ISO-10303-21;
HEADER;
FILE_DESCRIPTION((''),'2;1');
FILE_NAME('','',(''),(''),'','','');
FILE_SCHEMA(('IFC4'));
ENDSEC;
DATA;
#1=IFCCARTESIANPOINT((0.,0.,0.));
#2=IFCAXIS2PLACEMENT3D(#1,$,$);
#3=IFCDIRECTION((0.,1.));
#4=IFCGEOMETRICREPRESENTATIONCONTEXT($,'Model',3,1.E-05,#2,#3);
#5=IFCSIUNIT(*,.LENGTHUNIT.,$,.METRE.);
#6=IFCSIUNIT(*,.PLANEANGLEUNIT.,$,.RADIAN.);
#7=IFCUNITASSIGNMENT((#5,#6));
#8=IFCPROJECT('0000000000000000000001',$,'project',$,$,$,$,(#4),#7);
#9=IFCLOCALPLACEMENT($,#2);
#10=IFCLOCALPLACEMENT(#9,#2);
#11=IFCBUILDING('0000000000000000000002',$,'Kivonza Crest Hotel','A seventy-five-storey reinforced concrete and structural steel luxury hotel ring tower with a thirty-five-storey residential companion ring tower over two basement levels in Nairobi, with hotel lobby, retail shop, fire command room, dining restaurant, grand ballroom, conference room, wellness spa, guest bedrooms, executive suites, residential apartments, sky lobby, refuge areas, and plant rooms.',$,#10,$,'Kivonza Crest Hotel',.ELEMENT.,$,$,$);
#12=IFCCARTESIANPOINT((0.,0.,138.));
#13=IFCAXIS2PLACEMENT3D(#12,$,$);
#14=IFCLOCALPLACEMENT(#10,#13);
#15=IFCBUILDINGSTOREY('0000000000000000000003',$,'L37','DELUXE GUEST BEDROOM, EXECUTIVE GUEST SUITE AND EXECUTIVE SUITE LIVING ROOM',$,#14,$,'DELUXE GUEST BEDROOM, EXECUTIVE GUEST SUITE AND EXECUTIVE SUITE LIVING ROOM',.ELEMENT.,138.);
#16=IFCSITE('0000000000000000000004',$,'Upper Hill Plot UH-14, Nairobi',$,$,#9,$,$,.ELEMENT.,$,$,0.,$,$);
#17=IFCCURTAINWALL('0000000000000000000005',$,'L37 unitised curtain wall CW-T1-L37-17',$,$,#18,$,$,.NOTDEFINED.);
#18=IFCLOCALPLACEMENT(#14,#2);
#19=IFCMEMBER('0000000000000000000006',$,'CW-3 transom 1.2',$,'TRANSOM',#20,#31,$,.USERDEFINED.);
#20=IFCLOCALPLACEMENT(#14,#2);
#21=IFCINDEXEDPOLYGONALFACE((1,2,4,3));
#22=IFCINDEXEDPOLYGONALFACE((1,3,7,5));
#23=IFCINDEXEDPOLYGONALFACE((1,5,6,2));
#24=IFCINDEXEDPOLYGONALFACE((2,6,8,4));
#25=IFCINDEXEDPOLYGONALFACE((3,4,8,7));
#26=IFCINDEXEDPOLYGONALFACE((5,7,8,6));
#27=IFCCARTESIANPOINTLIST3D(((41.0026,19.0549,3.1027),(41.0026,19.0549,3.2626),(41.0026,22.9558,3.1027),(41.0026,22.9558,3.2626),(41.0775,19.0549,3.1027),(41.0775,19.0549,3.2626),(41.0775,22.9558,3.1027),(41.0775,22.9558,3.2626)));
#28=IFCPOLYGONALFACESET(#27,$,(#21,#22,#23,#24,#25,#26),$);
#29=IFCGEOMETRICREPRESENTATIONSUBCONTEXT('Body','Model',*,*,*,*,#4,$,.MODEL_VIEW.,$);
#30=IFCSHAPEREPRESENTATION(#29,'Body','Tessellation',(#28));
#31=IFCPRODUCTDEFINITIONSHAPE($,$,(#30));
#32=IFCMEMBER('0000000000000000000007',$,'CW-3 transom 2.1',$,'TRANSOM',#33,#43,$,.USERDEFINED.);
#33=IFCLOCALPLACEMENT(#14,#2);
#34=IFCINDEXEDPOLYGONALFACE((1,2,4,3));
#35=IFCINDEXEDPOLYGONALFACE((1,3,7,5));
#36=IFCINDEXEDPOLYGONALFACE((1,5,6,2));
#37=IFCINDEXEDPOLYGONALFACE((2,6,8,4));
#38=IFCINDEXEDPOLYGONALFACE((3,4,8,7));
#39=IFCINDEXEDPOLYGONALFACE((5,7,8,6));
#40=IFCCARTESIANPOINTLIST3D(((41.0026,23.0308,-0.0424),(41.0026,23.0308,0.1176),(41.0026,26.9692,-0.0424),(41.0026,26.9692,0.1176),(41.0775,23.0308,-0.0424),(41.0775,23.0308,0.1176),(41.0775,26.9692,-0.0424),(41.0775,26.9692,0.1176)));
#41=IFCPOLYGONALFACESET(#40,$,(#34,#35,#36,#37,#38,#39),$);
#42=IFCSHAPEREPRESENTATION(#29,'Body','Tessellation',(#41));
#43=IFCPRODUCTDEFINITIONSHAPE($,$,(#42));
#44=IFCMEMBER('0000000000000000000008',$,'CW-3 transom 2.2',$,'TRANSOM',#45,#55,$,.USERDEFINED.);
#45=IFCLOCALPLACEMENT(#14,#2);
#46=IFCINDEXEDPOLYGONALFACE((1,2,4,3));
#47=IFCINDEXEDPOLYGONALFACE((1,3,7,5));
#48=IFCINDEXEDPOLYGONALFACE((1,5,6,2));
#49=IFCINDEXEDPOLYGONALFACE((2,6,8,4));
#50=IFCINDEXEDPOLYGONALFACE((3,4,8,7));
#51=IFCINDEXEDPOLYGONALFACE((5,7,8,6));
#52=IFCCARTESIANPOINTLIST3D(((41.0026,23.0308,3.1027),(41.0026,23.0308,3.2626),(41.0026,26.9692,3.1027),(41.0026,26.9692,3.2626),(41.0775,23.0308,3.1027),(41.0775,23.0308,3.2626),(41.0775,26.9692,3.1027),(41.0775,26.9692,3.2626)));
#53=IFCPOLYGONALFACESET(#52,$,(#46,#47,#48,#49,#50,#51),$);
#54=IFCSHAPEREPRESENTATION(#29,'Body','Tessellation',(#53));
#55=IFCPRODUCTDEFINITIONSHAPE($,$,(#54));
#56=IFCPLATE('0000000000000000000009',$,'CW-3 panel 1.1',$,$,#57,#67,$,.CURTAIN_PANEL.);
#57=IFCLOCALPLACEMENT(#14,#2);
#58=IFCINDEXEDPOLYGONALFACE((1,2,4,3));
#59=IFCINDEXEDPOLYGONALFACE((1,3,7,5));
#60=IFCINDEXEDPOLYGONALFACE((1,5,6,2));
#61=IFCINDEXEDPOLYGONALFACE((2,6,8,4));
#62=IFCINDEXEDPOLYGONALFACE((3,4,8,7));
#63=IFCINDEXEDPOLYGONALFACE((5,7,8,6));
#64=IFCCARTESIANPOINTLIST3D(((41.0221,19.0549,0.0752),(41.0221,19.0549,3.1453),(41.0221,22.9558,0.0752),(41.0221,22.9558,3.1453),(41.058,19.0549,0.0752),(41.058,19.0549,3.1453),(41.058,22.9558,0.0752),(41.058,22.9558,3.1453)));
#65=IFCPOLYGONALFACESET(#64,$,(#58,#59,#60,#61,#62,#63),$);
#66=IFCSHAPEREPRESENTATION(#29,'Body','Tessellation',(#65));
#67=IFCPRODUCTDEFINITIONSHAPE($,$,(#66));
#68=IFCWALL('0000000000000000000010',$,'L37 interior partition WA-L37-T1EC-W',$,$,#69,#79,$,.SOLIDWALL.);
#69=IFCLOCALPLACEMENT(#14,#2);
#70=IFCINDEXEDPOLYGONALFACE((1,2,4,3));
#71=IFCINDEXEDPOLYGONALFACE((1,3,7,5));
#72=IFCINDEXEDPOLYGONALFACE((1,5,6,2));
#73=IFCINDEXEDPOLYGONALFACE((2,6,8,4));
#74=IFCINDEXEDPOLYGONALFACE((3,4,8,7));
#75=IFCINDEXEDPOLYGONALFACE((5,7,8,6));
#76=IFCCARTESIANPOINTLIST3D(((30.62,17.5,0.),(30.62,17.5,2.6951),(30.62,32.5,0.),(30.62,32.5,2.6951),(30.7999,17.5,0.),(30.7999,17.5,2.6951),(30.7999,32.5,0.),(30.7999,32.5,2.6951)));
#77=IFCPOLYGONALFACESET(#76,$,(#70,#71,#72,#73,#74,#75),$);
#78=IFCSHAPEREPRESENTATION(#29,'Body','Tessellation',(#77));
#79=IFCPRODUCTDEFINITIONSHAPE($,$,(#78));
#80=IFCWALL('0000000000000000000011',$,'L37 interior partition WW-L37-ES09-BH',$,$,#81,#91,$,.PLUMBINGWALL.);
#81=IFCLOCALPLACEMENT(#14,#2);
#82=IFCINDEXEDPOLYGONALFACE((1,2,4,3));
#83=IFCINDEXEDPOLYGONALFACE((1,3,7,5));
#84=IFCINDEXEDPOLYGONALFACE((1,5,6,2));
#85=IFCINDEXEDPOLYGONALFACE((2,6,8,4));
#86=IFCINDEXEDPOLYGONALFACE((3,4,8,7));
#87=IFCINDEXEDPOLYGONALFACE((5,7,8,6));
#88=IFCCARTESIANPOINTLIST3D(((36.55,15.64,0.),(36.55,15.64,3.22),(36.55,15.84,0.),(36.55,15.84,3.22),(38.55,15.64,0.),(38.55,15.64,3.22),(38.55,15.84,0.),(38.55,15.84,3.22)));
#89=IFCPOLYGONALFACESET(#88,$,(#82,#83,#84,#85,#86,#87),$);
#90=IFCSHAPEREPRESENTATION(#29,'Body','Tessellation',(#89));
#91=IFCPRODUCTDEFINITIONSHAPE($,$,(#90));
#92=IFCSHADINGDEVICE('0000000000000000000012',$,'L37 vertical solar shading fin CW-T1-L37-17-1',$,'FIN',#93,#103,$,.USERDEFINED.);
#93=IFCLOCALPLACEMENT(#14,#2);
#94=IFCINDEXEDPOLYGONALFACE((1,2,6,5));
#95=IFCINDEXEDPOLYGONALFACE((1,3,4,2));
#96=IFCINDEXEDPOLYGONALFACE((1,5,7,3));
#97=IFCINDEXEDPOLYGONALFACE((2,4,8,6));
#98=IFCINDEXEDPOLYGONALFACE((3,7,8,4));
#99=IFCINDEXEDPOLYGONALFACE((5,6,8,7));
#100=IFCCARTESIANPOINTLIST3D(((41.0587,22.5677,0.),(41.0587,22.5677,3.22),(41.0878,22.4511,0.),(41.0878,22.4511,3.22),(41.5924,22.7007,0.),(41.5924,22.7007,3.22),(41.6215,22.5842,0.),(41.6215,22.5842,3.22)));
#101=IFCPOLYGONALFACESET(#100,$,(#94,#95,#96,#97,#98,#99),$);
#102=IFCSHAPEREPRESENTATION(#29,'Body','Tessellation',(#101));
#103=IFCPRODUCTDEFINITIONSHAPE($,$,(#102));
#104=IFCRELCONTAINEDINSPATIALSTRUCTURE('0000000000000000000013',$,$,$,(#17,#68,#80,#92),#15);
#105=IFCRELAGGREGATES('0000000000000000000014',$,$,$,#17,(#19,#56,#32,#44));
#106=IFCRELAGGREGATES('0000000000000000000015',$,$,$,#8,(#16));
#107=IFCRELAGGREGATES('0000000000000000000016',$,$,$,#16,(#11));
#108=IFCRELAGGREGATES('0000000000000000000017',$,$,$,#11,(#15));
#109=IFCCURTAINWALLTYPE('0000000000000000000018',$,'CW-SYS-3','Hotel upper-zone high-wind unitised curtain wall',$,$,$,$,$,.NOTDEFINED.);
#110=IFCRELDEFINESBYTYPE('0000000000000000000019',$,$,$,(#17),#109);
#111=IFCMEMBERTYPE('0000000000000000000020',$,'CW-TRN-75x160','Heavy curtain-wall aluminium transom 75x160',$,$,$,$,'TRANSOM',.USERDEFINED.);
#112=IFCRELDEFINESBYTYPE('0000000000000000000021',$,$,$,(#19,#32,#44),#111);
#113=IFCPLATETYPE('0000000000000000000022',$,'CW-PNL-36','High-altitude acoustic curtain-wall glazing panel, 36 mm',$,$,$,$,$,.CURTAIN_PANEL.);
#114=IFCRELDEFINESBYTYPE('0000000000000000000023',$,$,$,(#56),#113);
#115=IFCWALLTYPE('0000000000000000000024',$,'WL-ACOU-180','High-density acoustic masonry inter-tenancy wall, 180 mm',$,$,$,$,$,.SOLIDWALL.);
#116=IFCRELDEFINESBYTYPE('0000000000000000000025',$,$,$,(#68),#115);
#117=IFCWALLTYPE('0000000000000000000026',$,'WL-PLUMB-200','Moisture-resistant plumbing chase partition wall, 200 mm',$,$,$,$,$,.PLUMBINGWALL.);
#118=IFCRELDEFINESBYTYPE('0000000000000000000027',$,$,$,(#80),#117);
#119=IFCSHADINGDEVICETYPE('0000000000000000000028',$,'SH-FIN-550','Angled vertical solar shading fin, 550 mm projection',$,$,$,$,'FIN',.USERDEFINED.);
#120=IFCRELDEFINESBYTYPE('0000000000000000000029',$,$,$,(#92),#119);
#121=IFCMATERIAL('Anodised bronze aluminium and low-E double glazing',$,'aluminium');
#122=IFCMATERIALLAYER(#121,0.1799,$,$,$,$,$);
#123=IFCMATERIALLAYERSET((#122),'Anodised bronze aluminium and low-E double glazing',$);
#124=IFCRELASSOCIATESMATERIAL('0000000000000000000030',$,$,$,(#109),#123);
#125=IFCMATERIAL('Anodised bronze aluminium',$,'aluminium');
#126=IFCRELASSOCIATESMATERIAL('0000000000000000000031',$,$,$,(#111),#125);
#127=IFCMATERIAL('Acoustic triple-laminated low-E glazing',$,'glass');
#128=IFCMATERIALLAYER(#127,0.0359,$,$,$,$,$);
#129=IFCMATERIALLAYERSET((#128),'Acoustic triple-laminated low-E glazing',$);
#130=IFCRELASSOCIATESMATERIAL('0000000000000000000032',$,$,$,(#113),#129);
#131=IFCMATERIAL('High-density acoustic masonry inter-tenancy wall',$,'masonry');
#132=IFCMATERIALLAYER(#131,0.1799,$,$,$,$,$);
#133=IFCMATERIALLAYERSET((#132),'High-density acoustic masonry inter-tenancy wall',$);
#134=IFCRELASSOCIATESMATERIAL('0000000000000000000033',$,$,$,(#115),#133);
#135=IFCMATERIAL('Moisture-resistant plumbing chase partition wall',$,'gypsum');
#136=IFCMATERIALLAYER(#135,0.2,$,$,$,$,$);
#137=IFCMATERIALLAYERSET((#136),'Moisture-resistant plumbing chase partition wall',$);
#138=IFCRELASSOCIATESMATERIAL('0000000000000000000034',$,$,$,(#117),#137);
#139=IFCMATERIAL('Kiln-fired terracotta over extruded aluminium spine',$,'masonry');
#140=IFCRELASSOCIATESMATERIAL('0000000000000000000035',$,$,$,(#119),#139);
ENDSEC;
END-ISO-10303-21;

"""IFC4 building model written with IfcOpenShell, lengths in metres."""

from ifc_helpers import new_model, si_unit, direction, frame, frame_2d, origin, origin_2d, place, context, subcontext, project, spatial, rectangle, extrude, material, layer, layer_set, material_profile, profile_set, type_object, element, aggregate, save


model = new_model("IFC4")

# Units and contexts
model_context = context("Model", 3, precision=1e-05, world=origin(), true_north=direction((0.0, 1.0)))
body_context = subcontext(model_context, "Body", "Model", "MODEL_VIEW")
ifc_project = project(units=[si_unit("LENGTHUNIT", "METRE"), si_unit("PLANEANGLEUNIT", "RADIAN")], contexts=[model_context])

# Site, building, storey
site_placement = place(None, origin())
site = spatial("IfcSite", under=ifc_project, at=site_placement, Name="Upper Hill Plot UH-14, Nairobi", CompositionType="ELEMENT", RefElevation=0.0)
building_placement = place(site_placement, origin())
building = spatial("IfcBuilding", under=site, at=building_placement, Name="Kivonza Crest Hotel", Description="A seventy-five-storey reinforced concrete and structural steel luxury hotel ring tower with a thirty-five-storey residential companion ring tower over two basement levels in Nairobi, with hotel lobby, retail shop, fire command room, dining restaurant, grand ballroom, conference room, wellness spa, guest bedrooms, executive suites, residential apartments, sky lobby, refuge areas, and plant rooms.", LongName="Kivonza Crest Hotel", CompositionType="ELEMENT")
storey_placement = place(building_placement, frame((0.0, 0.0, 138.0)))
storey = spatial("IfcBuildingStorey", under=building, at=storey_placement, Name="L37", Description="DELUXE GUEST BEDROOM, EXECUTIVE GUEST SUITE AND EXECUTIVE SUITE LIVING ROOM", LongName="DELUXE GUEST BEDROOM, EXECUTIVE GUEST SUITE AND EXECUTIVE SUITE LIVING ROOM", CompositionType="ELEMENT", Elevation=138.0)

# Curtain wall, members, plate
ifc_material_1 = material(Name="Anodised bronze aluminium and low-E double glazing", Category="aluminium")
ifc_layer_1 = layer(ifc_material_1, 0.1799)
ifc_layer_set_1 = layer_set([ifc_layer_1], Name="Anodised bronze aluminium and low-E double glazing")
curtain_wall_type = type_object("IfcCurtainWallType", Name="CW-SYS-3", Description="Hotel upper-zone high-wind unitised curtain wall", PredefinedType="NOTDEFINED", material=ifc_layer_set_1)
curtain_wall_placement = place(storey_placement, origin())
curtain_wall = element("IfcCurtainWall", 1, at=curtain_wall_placement, inside=storey, type_object=curtain_wall_type, Name="L37 unitised curtain wall CW-T1-L37-17", PredefinedType="NOTDEFINED")
ifc_material_2 = material(Name="Anodised bronze aluminium", Category="aluminium")
ifc_material_profile_1 = material_profile(ifc_material_2, rectangle(XDim=0.075, YDim=0.1599, at=origin_2d()), Name="CW-T 75x160")
ifc_profile_set_1 = profile_set([ifc_material_profile_1], Name="Anodised bronze aluminium")
member_type_1 = type_object("IfcMemberType", Name="CW-TRN-75x160", Description="Heavy curtain-wall aluminium transom 75x160", ElementType="TRANSOM", PredefinedType="USERDEFINED", material=ifc_profile_set_1)
member_1_placement = place(storey_placement, frame((41.04, 19.0549, 3.1826), z_axis=(0.0, 1.0, 0.0), x_axis=(-1.0, 0.0, 0.0)))
member_1 = element("IfcMember", 2, at=member_1_placement, type_object=member_type_1, Name="CW-3 transom 1.2", ObjectType="TRANSOM", PredefinedType="USERDEFINED", context=body_context, shape_type="SweptSolid", body=[
    extrude(rectangle(XDim=0.075, YDim=0.1599, at=origin_2d()), origin(), (0.0, 0.0, 1.0), 3.9009),
])
member_2_placement = place(storey_placement, frame((41.04, 23.0308, 0.0376), z_axis=(0.0, 1.0, 0.0), x_axis=(-1.0, 0.0, 0.0)))
member_2 = element("IfcMember", 3, at=member_2_placement, type_object=member_type_1, Name="CW-3 transom 2.1", ObjectType="TRANSOM", PredefinedType="USERDEFINED", context=body_context, shape_type="SweptSolid", body=[
    extrude(rectangle(XDim=0.075, YDim=0.1599, at=origin_2d()), origin(), (0.0, 0.0, 1.0), 3.9385),
])
member_3_placement = place(storey_placement, frame((41.04, 23.0308, 3.1826), z_axis=(0.0, 1.0, 0.0), x_axis=(-1.0, 0.0, 0.0)))
member_3 = element("IfcMember", 4, at=member_3_placement, type_object=member_type_1, Name="CW-3 transom 2.2", ObjectType="TRANSOM", PredefinedType="USERDEFINED", context=body_context, shape_type="SweptSolid", body=[
    extrude(rectangle(XDim=0.075, YDim=0.1599, at=origin_2d()), origin(), (0.0, 0.0, 1.0), 3.9385),
])
ifc_material_3 = material(Name="Acoustic triple-laminated low-E glazing", Category="glass")
ifc_layer_2 = layer(ifc_material_3, 0.0359)
ifc_layer_set_2 = layer_set([ifc_layer_2], Name="Acoustic triple-laminated low-E glazing")
plate_type = type_object("IfcPlateType", Name="CW-PNL-36", Description="High-altitude acoustic curtain-wall glazing panel, 36 mm", PredefinedType="CURTAIN_PANEL", material=ifc_layer_set_2)
plate_placement = place(storey_placement, frame((41.04, 21.0054, 0.0752), z_axis=(0.0, 0.0, 1.0), x_axis=(0.0, 1.0, 0.0)))
plate = element("IfcPlate", 5, at=plate_placement, type_object=plate_type, Name="CW-3 panel 1.1", PredefinedType="CURTAIN_PANEL", context=body_context, shape_type="SweptSolid", body=[
    extrude(rectangle(XDim=3.9009, YDim=0.0359, at=origin_2d()), origin(), (0.0, 0.0, 1.0), 3.0701),
])
aggregate(curtain_wall, [member_1, plate, member_2, member_3])

# Walls
ifc_material_4 = material(Name="High-density acoustic masonry inter-tenancy wall", Category="masonry")
ifc_layer_3 = layer(ifc_material_4, 0.1799)
ifc_layer_set_3 = layer_set([ifc_layer_3], Name="High-density acoustic masonry inter-tenancy wall")
wall_type_1 = type_object("IfcWallType", Name="WL-ACOU-180", Description="High-density acoustic masonry inter-tenancy wall, 180 mm", PredefinedType="SOLIDWALL", material=ifc_layer_set_3)
wall_1_placement = place(storey_placement, frame((30.71, 17.5, 0.0), z_axis=(0.0, 0.0, 1.0), x_axis=(0.0, 1.0, 0.0)))
element("IfcWall", 6, at=wall_1_placement, inside=storey, type_object=wall_type_1, Name="L37 interior partition WA-L37-T1EC-W", PredefinedType="SOLIDWALL", context=body_context, shape_type="SweptSolid", body=[
    extrude(rectangle(XDim=15.0, YDim=0.1799, at=frame_2d((7.5, 0.0))), origin(), (0.0, 0.0, 1.0), 2.6951),
])
ifc_material_5 = material(Name="Moisture-resistant plumbing chase partition wall", Category="gypsum")
ifc_layer_4 = layer(ifc_material_5, 0.2)
ifc_layer_set_4 = layer_set([ifc_layer_4], Name="Moisture-resistant plumbing chase partition wall")
wall_type_2 = type_object("IfcWallType", Name="WL-PLUMB-200", Description="Moisture-resistant plumbing chase partition wall, 200 mm", PredefinedType="PLUMBINGWALL", material=ifc_layer_set_4)
wall_2_placement = place(storey_placement, frame((36.55, 15.74, 0.0), z_axis=(0.0, 0.0, 1.0), x_axis=(1.0, 0.0, 0.0)))
element("IfcWall", 7, at=wall_2_placement, inside=storey, type_object=wall_type_2, Name="L37 interior partition WW-L37-ES09-BH", PredefinedType="PLUMBINGWALL", context=body_context, shape_type="SweptSolid", body=[
    extrude(rectangle(XDim=2.0, YDim=0.2, at=frame_2d((1.0, 0.0))), origin(), (0.0, 0.0, 1.0), 3.22),
])

# Shading device
ifc_material_6 = material(Name="Kiln-fired terracotta over extruded aluminium spine", Category="masonry")
shading_device_type = type_object("IfcShadingDeviceType", Name="SH-FIN-550", Description="Angled vertical solar shading fin, 550 mm projection", ElementType="FIN", PredefinedType="USERDEFINED", material=ifc_material_6)
shading_device_placement = place(storey_placement, frame((41.3401, 22.5759, 0.0), z_axis=(0.0, 0.0, 1.0), x_axis=(-0.241922, 0.970296, 0.0)))
element("IfcShadingDevice", 8, at=shading_device_placement, inside=storey, type_object=shading_device_type, Name="L37 vertical solar shading fin CW-T1-L37-17-1", ObjectType="FIN", PredefinedType="USERDEFINED", context=body_context, shape_type="SweptSolid", body=[
    extrude(rectangle(XDim=0.1201, YDim=0.55, at=origin_2d()), origin(), (0.0, 0.0, 1.0), 3.22),
])

save(model, "model.ifc")
